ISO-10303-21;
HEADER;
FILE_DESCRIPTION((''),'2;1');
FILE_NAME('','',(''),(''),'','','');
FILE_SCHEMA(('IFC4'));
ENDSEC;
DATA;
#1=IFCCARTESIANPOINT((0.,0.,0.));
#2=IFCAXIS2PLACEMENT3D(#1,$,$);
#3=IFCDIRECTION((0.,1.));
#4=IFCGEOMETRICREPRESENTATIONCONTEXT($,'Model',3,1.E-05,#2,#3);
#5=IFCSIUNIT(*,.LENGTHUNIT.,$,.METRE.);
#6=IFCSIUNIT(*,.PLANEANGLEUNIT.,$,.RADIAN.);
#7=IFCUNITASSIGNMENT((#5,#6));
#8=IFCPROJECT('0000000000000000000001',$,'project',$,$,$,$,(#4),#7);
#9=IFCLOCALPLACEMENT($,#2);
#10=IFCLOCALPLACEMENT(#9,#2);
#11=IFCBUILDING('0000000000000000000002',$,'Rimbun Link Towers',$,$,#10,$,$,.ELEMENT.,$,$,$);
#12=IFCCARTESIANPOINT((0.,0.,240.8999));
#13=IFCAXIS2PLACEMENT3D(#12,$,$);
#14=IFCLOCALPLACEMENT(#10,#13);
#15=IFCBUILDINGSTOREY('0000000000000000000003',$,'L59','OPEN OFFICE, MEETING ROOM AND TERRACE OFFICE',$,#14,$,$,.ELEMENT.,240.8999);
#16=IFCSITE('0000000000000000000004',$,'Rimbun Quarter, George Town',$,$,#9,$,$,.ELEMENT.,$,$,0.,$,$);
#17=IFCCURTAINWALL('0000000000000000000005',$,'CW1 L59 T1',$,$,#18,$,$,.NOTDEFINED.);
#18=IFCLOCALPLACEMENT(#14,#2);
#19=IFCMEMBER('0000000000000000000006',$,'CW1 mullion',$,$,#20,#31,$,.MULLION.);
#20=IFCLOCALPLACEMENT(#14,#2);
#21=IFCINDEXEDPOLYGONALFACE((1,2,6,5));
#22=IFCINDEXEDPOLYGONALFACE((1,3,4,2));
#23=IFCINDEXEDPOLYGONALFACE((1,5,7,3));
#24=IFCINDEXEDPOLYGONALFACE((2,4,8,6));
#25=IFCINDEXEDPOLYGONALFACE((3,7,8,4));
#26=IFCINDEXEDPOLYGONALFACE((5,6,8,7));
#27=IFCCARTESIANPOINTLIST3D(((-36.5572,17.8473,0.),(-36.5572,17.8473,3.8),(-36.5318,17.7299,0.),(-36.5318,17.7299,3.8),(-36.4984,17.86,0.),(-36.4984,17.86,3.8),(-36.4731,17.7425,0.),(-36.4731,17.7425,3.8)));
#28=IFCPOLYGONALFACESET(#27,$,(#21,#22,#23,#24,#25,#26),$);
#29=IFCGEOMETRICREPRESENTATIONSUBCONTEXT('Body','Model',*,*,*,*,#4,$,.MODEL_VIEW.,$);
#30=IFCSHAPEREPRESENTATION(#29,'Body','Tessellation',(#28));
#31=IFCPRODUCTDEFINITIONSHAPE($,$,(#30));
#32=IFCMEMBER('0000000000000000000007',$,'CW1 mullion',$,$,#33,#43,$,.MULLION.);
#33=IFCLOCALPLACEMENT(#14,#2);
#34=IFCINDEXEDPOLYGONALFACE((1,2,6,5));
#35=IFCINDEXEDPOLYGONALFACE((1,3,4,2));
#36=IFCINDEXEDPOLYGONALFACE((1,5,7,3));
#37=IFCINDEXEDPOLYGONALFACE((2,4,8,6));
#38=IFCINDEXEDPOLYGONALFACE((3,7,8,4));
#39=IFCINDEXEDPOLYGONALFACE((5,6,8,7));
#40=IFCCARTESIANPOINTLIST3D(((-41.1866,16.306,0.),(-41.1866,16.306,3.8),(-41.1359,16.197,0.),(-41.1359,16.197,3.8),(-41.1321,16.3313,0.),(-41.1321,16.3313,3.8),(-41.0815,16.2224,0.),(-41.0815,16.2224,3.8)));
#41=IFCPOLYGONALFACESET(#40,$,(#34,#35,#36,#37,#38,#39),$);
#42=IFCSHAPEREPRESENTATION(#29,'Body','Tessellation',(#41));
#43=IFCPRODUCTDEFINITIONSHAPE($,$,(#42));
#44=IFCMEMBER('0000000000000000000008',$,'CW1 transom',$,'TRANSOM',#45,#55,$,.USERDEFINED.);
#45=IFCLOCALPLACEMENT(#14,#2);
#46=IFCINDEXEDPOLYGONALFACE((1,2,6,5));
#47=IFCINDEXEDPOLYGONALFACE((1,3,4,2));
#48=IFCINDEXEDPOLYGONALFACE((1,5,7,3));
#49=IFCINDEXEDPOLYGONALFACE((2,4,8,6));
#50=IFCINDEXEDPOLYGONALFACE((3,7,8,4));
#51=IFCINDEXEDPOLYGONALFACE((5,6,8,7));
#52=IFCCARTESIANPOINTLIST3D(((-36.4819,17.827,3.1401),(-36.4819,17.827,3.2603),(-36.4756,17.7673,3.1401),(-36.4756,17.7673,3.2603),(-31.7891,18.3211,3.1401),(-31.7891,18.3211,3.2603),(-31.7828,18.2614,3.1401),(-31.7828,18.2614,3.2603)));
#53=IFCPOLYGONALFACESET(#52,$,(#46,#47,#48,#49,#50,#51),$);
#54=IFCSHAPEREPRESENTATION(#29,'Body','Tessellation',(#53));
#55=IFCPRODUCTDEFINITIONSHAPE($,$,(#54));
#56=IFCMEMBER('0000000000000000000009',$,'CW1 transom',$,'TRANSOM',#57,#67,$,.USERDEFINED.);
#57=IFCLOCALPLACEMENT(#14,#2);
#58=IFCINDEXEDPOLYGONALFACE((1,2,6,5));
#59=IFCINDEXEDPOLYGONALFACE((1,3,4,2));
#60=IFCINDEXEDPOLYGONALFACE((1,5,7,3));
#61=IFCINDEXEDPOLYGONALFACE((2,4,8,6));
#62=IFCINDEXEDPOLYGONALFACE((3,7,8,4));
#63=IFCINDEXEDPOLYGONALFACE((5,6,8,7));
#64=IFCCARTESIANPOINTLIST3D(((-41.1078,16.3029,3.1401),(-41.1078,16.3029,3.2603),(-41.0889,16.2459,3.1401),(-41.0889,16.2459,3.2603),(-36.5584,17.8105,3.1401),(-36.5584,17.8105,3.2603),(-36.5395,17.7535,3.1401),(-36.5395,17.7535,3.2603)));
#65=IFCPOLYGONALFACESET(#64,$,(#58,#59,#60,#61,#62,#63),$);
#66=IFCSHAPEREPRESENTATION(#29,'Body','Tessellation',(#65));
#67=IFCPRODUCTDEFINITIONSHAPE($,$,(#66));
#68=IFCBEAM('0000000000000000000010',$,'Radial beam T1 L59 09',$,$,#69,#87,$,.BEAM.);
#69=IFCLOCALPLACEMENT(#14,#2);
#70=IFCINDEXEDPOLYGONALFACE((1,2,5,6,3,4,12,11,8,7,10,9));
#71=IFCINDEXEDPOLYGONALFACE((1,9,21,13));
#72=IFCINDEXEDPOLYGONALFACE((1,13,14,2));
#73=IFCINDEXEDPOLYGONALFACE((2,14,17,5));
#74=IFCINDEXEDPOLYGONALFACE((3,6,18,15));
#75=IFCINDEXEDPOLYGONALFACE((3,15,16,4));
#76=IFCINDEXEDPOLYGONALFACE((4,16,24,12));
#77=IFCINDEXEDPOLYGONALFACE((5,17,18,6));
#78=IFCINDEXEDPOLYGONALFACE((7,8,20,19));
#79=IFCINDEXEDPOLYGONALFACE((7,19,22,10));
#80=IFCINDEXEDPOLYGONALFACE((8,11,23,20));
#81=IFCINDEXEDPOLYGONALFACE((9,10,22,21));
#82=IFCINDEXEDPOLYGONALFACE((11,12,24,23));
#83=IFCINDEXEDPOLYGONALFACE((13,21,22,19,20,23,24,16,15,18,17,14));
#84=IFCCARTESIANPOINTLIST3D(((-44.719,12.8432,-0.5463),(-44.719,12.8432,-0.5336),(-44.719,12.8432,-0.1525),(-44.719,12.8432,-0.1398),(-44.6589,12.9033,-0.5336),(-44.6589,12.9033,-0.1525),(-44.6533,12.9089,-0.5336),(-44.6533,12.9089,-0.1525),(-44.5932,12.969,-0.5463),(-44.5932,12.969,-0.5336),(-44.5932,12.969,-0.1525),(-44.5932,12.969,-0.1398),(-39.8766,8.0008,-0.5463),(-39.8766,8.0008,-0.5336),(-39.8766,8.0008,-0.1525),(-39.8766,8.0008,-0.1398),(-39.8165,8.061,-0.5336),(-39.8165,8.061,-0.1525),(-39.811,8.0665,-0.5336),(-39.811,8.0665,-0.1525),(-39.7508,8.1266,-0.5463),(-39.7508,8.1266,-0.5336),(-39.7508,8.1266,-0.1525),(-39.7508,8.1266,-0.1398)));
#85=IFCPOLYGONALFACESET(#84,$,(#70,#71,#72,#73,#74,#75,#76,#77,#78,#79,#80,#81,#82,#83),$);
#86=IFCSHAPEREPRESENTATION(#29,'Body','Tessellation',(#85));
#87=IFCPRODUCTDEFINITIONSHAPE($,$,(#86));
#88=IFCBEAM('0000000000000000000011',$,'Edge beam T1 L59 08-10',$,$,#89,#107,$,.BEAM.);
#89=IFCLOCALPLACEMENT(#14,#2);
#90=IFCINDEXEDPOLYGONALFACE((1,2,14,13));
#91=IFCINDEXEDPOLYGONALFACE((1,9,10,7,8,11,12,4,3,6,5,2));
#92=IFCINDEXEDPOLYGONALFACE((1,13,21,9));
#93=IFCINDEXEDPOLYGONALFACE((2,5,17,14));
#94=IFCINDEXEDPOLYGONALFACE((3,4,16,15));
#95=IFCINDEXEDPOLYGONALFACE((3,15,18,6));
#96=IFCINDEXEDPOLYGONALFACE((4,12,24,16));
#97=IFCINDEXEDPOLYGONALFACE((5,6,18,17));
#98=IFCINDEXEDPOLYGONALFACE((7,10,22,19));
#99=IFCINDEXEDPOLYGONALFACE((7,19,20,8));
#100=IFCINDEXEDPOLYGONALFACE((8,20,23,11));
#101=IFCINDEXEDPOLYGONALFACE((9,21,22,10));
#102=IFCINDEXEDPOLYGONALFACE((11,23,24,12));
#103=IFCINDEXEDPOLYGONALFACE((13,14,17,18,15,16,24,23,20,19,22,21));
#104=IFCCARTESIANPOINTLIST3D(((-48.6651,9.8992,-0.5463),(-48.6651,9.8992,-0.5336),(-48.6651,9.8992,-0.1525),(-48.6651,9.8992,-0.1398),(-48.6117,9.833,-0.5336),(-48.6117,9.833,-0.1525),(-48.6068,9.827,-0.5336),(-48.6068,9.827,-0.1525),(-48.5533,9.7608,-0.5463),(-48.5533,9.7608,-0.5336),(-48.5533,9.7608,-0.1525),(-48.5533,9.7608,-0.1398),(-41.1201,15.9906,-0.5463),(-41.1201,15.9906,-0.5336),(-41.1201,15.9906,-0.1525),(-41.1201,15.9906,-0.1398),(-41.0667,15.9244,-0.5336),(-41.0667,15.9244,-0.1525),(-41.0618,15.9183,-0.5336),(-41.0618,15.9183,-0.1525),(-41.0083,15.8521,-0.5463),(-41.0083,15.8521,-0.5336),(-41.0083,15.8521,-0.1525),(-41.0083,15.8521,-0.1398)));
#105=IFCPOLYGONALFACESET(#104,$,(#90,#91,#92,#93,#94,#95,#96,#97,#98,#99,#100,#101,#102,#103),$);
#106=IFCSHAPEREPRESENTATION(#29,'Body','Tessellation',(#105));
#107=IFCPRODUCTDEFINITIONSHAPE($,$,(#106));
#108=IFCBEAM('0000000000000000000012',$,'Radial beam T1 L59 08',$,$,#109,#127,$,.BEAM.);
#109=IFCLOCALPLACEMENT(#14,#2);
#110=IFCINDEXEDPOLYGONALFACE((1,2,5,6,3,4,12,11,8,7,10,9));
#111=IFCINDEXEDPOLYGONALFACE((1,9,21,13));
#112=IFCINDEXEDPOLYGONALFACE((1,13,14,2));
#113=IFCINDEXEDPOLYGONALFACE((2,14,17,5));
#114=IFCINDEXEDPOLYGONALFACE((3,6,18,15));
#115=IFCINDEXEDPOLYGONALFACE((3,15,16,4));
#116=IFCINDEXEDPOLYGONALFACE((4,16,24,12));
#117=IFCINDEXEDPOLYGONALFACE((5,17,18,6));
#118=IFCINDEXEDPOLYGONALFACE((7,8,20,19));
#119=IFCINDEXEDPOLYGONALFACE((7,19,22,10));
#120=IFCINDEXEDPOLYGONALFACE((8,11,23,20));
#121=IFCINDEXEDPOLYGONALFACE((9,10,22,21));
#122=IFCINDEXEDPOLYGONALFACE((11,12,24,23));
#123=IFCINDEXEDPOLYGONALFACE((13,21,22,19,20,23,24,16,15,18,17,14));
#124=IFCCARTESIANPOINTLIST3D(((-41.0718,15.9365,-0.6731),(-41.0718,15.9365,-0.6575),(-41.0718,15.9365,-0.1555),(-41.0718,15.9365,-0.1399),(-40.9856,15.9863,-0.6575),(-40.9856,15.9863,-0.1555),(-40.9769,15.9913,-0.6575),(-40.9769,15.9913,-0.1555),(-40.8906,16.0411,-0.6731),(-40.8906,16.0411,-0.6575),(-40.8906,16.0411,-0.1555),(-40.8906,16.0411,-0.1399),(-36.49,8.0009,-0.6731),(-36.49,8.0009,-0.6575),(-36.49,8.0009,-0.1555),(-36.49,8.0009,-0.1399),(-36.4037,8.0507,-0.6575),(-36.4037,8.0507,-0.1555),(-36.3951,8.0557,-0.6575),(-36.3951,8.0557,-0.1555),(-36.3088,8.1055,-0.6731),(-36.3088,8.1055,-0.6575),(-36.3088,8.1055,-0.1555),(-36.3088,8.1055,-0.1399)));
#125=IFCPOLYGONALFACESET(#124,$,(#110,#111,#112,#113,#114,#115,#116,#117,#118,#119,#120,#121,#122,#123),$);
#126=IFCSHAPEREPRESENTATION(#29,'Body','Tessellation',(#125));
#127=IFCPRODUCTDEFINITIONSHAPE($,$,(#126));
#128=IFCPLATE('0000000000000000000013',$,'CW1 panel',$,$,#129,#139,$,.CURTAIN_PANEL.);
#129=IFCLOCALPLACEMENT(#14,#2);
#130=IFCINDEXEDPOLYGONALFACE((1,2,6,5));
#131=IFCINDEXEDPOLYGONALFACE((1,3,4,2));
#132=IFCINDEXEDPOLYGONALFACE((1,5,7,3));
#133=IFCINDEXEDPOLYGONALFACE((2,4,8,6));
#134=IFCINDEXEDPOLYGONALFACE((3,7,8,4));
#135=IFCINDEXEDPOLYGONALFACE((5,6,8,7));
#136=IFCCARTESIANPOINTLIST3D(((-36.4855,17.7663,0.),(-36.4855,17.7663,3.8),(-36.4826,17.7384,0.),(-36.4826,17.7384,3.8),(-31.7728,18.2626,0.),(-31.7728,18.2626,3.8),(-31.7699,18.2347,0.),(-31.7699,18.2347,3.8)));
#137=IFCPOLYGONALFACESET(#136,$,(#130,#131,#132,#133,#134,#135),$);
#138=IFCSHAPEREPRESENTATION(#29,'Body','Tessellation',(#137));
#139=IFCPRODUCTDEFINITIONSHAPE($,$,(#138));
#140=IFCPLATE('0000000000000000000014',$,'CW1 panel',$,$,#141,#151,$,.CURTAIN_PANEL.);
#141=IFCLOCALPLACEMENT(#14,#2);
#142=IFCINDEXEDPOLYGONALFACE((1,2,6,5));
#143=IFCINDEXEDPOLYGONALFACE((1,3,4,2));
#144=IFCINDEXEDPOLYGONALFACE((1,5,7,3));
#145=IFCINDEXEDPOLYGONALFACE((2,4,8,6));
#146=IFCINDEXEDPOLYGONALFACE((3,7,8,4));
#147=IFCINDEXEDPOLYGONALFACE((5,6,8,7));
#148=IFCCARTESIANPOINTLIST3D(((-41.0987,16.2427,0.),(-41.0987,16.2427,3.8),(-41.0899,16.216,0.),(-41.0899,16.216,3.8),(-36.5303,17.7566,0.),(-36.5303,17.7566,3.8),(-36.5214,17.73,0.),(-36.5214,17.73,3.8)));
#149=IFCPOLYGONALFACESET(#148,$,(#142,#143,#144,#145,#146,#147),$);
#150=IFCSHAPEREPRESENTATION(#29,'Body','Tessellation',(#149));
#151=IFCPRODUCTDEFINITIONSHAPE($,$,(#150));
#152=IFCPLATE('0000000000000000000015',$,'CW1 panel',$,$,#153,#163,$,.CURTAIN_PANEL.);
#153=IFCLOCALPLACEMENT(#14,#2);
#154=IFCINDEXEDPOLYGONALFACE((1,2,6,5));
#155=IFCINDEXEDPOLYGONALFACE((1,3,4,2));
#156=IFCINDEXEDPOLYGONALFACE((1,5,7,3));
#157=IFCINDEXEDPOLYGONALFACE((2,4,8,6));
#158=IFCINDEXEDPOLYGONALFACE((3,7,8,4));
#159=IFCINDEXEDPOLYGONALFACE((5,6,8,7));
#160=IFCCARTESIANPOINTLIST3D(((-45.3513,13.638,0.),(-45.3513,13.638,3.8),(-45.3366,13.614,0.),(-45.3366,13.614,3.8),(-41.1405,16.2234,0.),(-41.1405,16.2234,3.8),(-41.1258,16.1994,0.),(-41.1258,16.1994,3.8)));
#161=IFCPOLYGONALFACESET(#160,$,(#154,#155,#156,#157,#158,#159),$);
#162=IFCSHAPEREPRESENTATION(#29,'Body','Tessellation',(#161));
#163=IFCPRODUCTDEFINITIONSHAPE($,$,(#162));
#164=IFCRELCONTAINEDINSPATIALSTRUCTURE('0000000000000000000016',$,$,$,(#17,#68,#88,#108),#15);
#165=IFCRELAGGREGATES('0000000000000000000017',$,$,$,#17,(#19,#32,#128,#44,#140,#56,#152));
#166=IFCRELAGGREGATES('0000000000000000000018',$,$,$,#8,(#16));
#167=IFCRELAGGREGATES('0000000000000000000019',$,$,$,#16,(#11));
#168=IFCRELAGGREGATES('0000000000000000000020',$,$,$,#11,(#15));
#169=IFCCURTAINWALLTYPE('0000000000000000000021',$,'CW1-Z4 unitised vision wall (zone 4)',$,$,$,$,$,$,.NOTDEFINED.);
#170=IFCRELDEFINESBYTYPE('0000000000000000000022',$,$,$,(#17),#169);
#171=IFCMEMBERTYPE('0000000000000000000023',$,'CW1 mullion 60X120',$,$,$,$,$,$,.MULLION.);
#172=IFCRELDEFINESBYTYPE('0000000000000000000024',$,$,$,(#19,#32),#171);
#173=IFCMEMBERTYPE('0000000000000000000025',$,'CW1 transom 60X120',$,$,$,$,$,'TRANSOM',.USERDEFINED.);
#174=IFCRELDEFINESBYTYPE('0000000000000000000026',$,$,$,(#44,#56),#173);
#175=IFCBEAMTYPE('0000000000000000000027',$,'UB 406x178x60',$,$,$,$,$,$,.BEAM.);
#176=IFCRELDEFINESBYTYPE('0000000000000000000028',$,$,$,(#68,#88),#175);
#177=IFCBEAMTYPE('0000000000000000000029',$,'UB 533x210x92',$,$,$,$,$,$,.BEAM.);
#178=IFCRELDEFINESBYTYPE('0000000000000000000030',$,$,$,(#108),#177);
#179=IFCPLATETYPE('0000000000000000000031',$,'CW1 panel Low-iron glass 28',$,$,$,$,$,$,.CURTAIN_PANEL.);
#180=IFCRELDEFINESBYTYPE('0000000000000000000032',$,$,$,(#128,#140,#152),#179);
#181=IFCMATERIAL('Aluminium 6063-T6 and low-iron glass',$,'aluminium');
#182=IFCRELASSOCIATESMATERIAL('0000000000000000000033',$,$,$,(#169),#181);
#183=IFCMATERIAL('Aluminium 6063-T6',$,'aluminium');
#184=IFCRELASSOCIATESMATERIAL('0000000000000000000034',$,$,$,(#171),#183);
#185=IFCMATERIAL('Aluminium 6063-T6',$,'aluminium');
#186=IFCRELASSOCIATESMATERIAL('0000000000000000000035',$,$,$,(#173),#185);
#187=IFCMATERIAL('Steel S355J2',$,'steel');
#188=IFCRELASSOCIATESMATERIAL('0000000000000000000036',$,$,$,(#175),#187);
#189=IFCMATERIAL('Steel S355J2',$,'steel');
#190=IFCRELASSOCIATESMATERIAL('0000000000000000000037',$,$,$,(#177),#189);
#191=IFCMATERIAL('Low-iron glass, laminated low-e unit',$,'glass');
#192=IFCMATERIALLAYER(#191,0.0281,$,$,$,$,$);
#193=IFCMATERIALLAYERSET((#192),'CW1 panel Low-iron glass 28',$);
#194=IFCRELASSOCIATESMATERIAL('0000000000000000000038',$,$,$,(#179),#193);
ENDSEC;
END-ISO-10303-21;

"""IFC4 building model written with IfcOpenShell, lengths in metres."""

from ifc_helpers import new_model, si_unit, direction, frame, origin, origin_2d, place, context, subcontext, project, spatial, rectangle, i_section, extrude, material, layer, layer_set, material_profile, profile_set, type_object, element, aggregate, save


model = new_model("IFC4")

# Units and contexts
model_context = context("Model", 3, precision=1e-05, world=origin(), true_north=direction((0.0, 1.0)))
body_context = subcontext(model_context, "Body", "Model", "MODEL_VIEW")
ifc_project = project(units=[si_unit("LENGTHUNIT", "METRE"), si_unit("PLANEANGLEUNIT", "RADIAN")], contexts=[model_context])

# Site, building, storey
site_placement = place(None, origin())
site = spatial("IfcSite", under=ifc_project, at=site_placement, Name="Rimbun Quarter, George Town", CompositionType="ELEMENT", RefElevation=0.0)
building_placement = place(site_placement, origin())
building = spatial("IfcBuilding", under=site, at=building_placement, Name="Rimbun Link Towers", CompositionType="ELEMENT")
storey_placement = place(building_placement, frame((0.0, 0.0, 240.8999)))
storey = spatial("IfcBuildingStorey", under=building, at=storey_placement, Name="L59", Description="OPEN OFFICE, MEETING ROOM AND TERRACE OFFICE", CompositionType="ELEMENT", Elevation=240.8999)

# Curtain wall, members
ifc_material_1 = material(Name="Aluminium 6063-T6 and low-iron glass", Category="aluminium")
curtain_wall_type = type_object("IfcCurtainWallType", Name="CW1-Z4 unitised vision wall (zone 4)", PredefinedType="NOTDEFINED", material=ifc_material_1)
curtain_wall_placement = place(storey_placement, origin())
curtain_wall = element("IfcCurtainWall", 1, at=curtain_wall_placement, inside=storey, type_object=curtain_wall_type, Name="CW1 L59 T1", PredefinedType="NOTDEFINED")
ifc_material_2 = material(Name="Aluminium 6063-T6", Category="aluminium")
ifc_material_profile_1 = material_profile(ifc_material_2, rectangle(XDim=0.1201, YDim=0.0601, at=origin_2d()), Name="MULLION 60X120")
ifc_profile_set_1 = profile_set([ifc_material_profile_1], Name="Aluminium 6063-T6")
member_type_1 = type_object("IfcMemberType", Name="CW1 mullion 60X120", PredefinedType="MULLION", material=ifc_profile_set_1)
member_1_placement = place(storey_placement, frame((-36.5151, 17.7949, 0.0), z_axis=(0.0, 0.0, 1.0), x_axis=(-0.210871, 0.977514, 0.0)))
member_1 = element("IfcMember", 2, at=member_1_placement, type_object=member_type_1, Name="CW1 mullion", PredefinedType="MULLION", context=body_context, shape_type="SweptSolid", body=[
    extrude(rectangle(XDim=0.1201, YDim=0.0601, at=origin_2d()), origin(), (0.0, 0.0, 1.0), 3.8),
])
member_2_placement = place(storey_placement, frame((-41.134, 16.2642, 0.0), z_axis=(0.0, 0.0, 1.0), x_axis=(-0.421706, 0.906732, 0.0)))
member_2 = element("IfcMember", 3, at=member_2_placement, type_object=member_type_1, Name="CW1 mullion", PredefinedType="MULLION", context=body_context, shape_type="SweptSolid", body=[
    extrude(rectangle(XDim=0.1201, YDim=0.0601, at=origin_2d()), origin(), (0.0, 0.0, 1.0), 3.8),
])
ifc_material_3 = material(Name="Aluminium 6063-T6", Category="aluminium")
ifc_material_profile_2 = material_profile(ifc_material_3, rectangle(XDim=0.0601, YDim=0.1201, at=origin_2d()), Name="TRANSOM 60X120")
ifc_profile_set_2 = profile_set([ifc_material_profile_2], Name="Aluminium 6063-T6")
member_type_2 = type_object("IfcMemberType", Name="CW1 transom 60X120", ElementType="TRANSOM", PredefinedType="USERDEFINED", material=ifc_profile_set_2)
member_3_placement = place(storey_placement, frame((-36.4788, 17.7971, 3.2002), z_axis=(0.994502, 0.104717, 0.0), x_axis=(-0.104717, 0.994502, 0.0)))
member_3 = element("IfcMember", 4, at=member_3_placement, type_object=member_type_2, Name="CW1 transom", ObjectType="TRANSOM", PredefinedType="USERDEFINED", context=body_context, shape_type="SweptSolid", body=[
    extrude(rectangle(XDim=0.0601, YDim=0.1201, at=origin_2d()), origin(), (0.0, 0.0, 1.0), 4.7188),
])
member_4_placement = place(storey_placement, frame((-41.0984, 16.2744, 3.2002), z_axis=(0.949237, 0.314562, 0.0), x_axis=(-0.314562, 0.949237, 0.0)))
member_4 = element("IfcMember", 5, at=member_4_placement, type_object=member_type_2, Name="CW1 transom", ObjectType="TRANSOM", PredefinedType="USERDEFINED", context=body_context, shape_type="SweptSolid", body=[
    extrude(rectangle(XDim=0.0601, YDim=0.1201, at=origin_2d()), origin(), (0.0, 0.0, 1.0), 4.7927),
])

# Beams
ifc_material_4 = material(Name="Steel S355J2", Category="steel")
ifc_material_profile_3 = material_profile(ifc_material_4, i_section(OverallWidth=0.178, OverallDepth=0.4065, WebThickness=0.0078, FlangeThickness=0.0127, at=origin_2d()), Name="UB 406x178x60")
ifc_profile_set_3 = profile_set([ifc_material_profile_3], Name="Steel S355J2")
beam_type_1 = type_object("IfcBeamType", Name="UB 406x178x60", PredefinedType="BEAM", material=ifc_profile_set_3)
beam_1_placement = place(storey_placement, frame((-39.8137, 8.0637, -0.343), z_axis=(-0.707107, 0.707107, 0.0), x_axis=(-0.707107, -0.707107, 0.0)))
element("IfcBeam", 6, at=beam_1_placement, inside=storey, type_object=beam_type_1, Name="Radial beam T1 L59 09", PredefinedType="BEAM", context=body_context, shape_type="SweptSolid", body=[
    extrude(i_section(OverallWidth=0.178, OverallDepth=0.4065, WebThickness=0.0078, FlangeThickness=0.0127, at=origin_2d()), origin(), (0.0, 0.0, 1.0), 6.8481),
])
beam_2_placement = place(storey_placement, frame((-41.0642, 15.9214, -0.343), z_axis=(-0.778076, -0.628171, 0.0), x_axis=(0.628171, -0.778076, 0.0)))
element("IfcBeam", 7, at=beam_2_placement, inside=storey, type_object=beam_type_1, Name="Edge beam T1 L59 08-10", PredefinedType="BEAM", context=body_context, shape_type="SweptSolid", body=[
    extrude(i_section(OverallWidth=0.178, OverallDepth=0.4065, WebThickness=0.0078, FlangeThickness=0.0127, at=origin_2d()), origin(), (0.0, 0.0, 1.0), 9.697),
])
ifc_material_5 = material(Name="Steel S355J2", Category="steel")
ifc_material_profile_4 = material_profile(ifc_material_5, i_section(OverallWidth=0.2092, OverallDepth=0.5332, WebThickness=0.01, FlangeThickness=0.0156, at=origin_2d()), Name="UB 533x210x92")
ifc_profile_set_4 = profile_set([ifc_material_profile_4], Name="Steel S355J2")
beam_type_2 = type_object("IfcBeamType", Name="UB 533x210x92", PredefinedType="BEAM", material=ifc_profile_set_4)
beam_3_placement = place(storey_placement, frame((-36.3994, 8.0532, -0.4065), z_axis=(-0.500016, 0.866016, 0.0), x_axis=(-0.866016, -0.500016, 0.0)))
element("IfcBeam", 8, at=beam_3_placement, inside=storey, type_object=beam_type_2, Name="Radial beam T1 L59 08", PredefinedType="BEAM", context=body_context, shape_type="SweptSolid", body=[
    extrude(i_section(OverallWidth=0.2092, OverallDepth=0.5332, WebThickness=0.01, FlangeThickness=0.0156, at=origin_2d()), origin(), (0.0, 0.0, 1.0), 9.1633),
])

# Plates
ifc_material_6 = material(Name="Low-iron glass, laminated low-e unit", Category="glass")
ifc_layer_1 = layer(ifc_material_6, 0.0281)
ifc_layer_set_1 = layer_set([ifc_layer_1], Name="CW1 panel Low-iron glass 28")
plate_type = type_object("IfcPlateType", Name="CW1 panel Low-iron glass 28", PredefinedType="CURTAIN_PANEL", material=ifc_layer_set_1)
plate_1_placement = place(storey_placement, frame((-34.1277, 18.0005, 0.0), z_axis=(0.0, 0.0, 1.0), x_axis=(0.9945, 0.104736, 0.0)))
plate_1 = element("IfcPlate", 9, at=plate_1_placement, type_object=plate_type, Name="CW1 panel", PredefinedType="CURTAIN_PANEL", context=body_context, shape_type="SweptSolid", body=[
    extrude(rectangle(XDim=4.7388, YDim=0.0281, at=origin_2d()), origin(), (0.0, 0.0, 1.0), 3.8),
])
plate_2_placement = place(storey_placement, frame((-38.8101, 16.9863, 0.0), z_axis=(0.0, 0.0, 1.0), x_axis=(0.949234, 0.31457, 0.0)))
plate_2 = element("IfcPlate", 10, at=plate_2_placement, type_object=plate_type, Name="CW1 panel", PredefinedType="CURTAIN_PANEL", context=body_context, shape_type="SweptSolid", body=[
    extrude(rectangle(XDim=4.8127, YDim=0.0281, at=origin_2d()), origin(), (0.0, 0.0, 1.0), 3.8),
])
plate_3_placement = place(storey_placement, frame((-43.2385, 14.9187, 0.0), z_axis=(0.0, 0.0, 1.0), x_axis=(0.852185, 0.52324, 0.0)))
plate_3 = element("IfcPlate", 11, at=plate_3_placement, type_object=plate_type, Name="CW1 panel", PredefinedType="CURTAIN_PANEL", context=body_context, shape_type="SweptSolid", body=[
    extrude(rectangle(XDim=4.9412, YDim=0.0281, at=origin_2d()), origin(), (0.0, 0.0, 1.0), 3.8),
])
aggregate(curtain_wall, [member_1, member_2, plate_1, member_3, plate_2, member_4, plate_3])

save(model, "model.ifc")
